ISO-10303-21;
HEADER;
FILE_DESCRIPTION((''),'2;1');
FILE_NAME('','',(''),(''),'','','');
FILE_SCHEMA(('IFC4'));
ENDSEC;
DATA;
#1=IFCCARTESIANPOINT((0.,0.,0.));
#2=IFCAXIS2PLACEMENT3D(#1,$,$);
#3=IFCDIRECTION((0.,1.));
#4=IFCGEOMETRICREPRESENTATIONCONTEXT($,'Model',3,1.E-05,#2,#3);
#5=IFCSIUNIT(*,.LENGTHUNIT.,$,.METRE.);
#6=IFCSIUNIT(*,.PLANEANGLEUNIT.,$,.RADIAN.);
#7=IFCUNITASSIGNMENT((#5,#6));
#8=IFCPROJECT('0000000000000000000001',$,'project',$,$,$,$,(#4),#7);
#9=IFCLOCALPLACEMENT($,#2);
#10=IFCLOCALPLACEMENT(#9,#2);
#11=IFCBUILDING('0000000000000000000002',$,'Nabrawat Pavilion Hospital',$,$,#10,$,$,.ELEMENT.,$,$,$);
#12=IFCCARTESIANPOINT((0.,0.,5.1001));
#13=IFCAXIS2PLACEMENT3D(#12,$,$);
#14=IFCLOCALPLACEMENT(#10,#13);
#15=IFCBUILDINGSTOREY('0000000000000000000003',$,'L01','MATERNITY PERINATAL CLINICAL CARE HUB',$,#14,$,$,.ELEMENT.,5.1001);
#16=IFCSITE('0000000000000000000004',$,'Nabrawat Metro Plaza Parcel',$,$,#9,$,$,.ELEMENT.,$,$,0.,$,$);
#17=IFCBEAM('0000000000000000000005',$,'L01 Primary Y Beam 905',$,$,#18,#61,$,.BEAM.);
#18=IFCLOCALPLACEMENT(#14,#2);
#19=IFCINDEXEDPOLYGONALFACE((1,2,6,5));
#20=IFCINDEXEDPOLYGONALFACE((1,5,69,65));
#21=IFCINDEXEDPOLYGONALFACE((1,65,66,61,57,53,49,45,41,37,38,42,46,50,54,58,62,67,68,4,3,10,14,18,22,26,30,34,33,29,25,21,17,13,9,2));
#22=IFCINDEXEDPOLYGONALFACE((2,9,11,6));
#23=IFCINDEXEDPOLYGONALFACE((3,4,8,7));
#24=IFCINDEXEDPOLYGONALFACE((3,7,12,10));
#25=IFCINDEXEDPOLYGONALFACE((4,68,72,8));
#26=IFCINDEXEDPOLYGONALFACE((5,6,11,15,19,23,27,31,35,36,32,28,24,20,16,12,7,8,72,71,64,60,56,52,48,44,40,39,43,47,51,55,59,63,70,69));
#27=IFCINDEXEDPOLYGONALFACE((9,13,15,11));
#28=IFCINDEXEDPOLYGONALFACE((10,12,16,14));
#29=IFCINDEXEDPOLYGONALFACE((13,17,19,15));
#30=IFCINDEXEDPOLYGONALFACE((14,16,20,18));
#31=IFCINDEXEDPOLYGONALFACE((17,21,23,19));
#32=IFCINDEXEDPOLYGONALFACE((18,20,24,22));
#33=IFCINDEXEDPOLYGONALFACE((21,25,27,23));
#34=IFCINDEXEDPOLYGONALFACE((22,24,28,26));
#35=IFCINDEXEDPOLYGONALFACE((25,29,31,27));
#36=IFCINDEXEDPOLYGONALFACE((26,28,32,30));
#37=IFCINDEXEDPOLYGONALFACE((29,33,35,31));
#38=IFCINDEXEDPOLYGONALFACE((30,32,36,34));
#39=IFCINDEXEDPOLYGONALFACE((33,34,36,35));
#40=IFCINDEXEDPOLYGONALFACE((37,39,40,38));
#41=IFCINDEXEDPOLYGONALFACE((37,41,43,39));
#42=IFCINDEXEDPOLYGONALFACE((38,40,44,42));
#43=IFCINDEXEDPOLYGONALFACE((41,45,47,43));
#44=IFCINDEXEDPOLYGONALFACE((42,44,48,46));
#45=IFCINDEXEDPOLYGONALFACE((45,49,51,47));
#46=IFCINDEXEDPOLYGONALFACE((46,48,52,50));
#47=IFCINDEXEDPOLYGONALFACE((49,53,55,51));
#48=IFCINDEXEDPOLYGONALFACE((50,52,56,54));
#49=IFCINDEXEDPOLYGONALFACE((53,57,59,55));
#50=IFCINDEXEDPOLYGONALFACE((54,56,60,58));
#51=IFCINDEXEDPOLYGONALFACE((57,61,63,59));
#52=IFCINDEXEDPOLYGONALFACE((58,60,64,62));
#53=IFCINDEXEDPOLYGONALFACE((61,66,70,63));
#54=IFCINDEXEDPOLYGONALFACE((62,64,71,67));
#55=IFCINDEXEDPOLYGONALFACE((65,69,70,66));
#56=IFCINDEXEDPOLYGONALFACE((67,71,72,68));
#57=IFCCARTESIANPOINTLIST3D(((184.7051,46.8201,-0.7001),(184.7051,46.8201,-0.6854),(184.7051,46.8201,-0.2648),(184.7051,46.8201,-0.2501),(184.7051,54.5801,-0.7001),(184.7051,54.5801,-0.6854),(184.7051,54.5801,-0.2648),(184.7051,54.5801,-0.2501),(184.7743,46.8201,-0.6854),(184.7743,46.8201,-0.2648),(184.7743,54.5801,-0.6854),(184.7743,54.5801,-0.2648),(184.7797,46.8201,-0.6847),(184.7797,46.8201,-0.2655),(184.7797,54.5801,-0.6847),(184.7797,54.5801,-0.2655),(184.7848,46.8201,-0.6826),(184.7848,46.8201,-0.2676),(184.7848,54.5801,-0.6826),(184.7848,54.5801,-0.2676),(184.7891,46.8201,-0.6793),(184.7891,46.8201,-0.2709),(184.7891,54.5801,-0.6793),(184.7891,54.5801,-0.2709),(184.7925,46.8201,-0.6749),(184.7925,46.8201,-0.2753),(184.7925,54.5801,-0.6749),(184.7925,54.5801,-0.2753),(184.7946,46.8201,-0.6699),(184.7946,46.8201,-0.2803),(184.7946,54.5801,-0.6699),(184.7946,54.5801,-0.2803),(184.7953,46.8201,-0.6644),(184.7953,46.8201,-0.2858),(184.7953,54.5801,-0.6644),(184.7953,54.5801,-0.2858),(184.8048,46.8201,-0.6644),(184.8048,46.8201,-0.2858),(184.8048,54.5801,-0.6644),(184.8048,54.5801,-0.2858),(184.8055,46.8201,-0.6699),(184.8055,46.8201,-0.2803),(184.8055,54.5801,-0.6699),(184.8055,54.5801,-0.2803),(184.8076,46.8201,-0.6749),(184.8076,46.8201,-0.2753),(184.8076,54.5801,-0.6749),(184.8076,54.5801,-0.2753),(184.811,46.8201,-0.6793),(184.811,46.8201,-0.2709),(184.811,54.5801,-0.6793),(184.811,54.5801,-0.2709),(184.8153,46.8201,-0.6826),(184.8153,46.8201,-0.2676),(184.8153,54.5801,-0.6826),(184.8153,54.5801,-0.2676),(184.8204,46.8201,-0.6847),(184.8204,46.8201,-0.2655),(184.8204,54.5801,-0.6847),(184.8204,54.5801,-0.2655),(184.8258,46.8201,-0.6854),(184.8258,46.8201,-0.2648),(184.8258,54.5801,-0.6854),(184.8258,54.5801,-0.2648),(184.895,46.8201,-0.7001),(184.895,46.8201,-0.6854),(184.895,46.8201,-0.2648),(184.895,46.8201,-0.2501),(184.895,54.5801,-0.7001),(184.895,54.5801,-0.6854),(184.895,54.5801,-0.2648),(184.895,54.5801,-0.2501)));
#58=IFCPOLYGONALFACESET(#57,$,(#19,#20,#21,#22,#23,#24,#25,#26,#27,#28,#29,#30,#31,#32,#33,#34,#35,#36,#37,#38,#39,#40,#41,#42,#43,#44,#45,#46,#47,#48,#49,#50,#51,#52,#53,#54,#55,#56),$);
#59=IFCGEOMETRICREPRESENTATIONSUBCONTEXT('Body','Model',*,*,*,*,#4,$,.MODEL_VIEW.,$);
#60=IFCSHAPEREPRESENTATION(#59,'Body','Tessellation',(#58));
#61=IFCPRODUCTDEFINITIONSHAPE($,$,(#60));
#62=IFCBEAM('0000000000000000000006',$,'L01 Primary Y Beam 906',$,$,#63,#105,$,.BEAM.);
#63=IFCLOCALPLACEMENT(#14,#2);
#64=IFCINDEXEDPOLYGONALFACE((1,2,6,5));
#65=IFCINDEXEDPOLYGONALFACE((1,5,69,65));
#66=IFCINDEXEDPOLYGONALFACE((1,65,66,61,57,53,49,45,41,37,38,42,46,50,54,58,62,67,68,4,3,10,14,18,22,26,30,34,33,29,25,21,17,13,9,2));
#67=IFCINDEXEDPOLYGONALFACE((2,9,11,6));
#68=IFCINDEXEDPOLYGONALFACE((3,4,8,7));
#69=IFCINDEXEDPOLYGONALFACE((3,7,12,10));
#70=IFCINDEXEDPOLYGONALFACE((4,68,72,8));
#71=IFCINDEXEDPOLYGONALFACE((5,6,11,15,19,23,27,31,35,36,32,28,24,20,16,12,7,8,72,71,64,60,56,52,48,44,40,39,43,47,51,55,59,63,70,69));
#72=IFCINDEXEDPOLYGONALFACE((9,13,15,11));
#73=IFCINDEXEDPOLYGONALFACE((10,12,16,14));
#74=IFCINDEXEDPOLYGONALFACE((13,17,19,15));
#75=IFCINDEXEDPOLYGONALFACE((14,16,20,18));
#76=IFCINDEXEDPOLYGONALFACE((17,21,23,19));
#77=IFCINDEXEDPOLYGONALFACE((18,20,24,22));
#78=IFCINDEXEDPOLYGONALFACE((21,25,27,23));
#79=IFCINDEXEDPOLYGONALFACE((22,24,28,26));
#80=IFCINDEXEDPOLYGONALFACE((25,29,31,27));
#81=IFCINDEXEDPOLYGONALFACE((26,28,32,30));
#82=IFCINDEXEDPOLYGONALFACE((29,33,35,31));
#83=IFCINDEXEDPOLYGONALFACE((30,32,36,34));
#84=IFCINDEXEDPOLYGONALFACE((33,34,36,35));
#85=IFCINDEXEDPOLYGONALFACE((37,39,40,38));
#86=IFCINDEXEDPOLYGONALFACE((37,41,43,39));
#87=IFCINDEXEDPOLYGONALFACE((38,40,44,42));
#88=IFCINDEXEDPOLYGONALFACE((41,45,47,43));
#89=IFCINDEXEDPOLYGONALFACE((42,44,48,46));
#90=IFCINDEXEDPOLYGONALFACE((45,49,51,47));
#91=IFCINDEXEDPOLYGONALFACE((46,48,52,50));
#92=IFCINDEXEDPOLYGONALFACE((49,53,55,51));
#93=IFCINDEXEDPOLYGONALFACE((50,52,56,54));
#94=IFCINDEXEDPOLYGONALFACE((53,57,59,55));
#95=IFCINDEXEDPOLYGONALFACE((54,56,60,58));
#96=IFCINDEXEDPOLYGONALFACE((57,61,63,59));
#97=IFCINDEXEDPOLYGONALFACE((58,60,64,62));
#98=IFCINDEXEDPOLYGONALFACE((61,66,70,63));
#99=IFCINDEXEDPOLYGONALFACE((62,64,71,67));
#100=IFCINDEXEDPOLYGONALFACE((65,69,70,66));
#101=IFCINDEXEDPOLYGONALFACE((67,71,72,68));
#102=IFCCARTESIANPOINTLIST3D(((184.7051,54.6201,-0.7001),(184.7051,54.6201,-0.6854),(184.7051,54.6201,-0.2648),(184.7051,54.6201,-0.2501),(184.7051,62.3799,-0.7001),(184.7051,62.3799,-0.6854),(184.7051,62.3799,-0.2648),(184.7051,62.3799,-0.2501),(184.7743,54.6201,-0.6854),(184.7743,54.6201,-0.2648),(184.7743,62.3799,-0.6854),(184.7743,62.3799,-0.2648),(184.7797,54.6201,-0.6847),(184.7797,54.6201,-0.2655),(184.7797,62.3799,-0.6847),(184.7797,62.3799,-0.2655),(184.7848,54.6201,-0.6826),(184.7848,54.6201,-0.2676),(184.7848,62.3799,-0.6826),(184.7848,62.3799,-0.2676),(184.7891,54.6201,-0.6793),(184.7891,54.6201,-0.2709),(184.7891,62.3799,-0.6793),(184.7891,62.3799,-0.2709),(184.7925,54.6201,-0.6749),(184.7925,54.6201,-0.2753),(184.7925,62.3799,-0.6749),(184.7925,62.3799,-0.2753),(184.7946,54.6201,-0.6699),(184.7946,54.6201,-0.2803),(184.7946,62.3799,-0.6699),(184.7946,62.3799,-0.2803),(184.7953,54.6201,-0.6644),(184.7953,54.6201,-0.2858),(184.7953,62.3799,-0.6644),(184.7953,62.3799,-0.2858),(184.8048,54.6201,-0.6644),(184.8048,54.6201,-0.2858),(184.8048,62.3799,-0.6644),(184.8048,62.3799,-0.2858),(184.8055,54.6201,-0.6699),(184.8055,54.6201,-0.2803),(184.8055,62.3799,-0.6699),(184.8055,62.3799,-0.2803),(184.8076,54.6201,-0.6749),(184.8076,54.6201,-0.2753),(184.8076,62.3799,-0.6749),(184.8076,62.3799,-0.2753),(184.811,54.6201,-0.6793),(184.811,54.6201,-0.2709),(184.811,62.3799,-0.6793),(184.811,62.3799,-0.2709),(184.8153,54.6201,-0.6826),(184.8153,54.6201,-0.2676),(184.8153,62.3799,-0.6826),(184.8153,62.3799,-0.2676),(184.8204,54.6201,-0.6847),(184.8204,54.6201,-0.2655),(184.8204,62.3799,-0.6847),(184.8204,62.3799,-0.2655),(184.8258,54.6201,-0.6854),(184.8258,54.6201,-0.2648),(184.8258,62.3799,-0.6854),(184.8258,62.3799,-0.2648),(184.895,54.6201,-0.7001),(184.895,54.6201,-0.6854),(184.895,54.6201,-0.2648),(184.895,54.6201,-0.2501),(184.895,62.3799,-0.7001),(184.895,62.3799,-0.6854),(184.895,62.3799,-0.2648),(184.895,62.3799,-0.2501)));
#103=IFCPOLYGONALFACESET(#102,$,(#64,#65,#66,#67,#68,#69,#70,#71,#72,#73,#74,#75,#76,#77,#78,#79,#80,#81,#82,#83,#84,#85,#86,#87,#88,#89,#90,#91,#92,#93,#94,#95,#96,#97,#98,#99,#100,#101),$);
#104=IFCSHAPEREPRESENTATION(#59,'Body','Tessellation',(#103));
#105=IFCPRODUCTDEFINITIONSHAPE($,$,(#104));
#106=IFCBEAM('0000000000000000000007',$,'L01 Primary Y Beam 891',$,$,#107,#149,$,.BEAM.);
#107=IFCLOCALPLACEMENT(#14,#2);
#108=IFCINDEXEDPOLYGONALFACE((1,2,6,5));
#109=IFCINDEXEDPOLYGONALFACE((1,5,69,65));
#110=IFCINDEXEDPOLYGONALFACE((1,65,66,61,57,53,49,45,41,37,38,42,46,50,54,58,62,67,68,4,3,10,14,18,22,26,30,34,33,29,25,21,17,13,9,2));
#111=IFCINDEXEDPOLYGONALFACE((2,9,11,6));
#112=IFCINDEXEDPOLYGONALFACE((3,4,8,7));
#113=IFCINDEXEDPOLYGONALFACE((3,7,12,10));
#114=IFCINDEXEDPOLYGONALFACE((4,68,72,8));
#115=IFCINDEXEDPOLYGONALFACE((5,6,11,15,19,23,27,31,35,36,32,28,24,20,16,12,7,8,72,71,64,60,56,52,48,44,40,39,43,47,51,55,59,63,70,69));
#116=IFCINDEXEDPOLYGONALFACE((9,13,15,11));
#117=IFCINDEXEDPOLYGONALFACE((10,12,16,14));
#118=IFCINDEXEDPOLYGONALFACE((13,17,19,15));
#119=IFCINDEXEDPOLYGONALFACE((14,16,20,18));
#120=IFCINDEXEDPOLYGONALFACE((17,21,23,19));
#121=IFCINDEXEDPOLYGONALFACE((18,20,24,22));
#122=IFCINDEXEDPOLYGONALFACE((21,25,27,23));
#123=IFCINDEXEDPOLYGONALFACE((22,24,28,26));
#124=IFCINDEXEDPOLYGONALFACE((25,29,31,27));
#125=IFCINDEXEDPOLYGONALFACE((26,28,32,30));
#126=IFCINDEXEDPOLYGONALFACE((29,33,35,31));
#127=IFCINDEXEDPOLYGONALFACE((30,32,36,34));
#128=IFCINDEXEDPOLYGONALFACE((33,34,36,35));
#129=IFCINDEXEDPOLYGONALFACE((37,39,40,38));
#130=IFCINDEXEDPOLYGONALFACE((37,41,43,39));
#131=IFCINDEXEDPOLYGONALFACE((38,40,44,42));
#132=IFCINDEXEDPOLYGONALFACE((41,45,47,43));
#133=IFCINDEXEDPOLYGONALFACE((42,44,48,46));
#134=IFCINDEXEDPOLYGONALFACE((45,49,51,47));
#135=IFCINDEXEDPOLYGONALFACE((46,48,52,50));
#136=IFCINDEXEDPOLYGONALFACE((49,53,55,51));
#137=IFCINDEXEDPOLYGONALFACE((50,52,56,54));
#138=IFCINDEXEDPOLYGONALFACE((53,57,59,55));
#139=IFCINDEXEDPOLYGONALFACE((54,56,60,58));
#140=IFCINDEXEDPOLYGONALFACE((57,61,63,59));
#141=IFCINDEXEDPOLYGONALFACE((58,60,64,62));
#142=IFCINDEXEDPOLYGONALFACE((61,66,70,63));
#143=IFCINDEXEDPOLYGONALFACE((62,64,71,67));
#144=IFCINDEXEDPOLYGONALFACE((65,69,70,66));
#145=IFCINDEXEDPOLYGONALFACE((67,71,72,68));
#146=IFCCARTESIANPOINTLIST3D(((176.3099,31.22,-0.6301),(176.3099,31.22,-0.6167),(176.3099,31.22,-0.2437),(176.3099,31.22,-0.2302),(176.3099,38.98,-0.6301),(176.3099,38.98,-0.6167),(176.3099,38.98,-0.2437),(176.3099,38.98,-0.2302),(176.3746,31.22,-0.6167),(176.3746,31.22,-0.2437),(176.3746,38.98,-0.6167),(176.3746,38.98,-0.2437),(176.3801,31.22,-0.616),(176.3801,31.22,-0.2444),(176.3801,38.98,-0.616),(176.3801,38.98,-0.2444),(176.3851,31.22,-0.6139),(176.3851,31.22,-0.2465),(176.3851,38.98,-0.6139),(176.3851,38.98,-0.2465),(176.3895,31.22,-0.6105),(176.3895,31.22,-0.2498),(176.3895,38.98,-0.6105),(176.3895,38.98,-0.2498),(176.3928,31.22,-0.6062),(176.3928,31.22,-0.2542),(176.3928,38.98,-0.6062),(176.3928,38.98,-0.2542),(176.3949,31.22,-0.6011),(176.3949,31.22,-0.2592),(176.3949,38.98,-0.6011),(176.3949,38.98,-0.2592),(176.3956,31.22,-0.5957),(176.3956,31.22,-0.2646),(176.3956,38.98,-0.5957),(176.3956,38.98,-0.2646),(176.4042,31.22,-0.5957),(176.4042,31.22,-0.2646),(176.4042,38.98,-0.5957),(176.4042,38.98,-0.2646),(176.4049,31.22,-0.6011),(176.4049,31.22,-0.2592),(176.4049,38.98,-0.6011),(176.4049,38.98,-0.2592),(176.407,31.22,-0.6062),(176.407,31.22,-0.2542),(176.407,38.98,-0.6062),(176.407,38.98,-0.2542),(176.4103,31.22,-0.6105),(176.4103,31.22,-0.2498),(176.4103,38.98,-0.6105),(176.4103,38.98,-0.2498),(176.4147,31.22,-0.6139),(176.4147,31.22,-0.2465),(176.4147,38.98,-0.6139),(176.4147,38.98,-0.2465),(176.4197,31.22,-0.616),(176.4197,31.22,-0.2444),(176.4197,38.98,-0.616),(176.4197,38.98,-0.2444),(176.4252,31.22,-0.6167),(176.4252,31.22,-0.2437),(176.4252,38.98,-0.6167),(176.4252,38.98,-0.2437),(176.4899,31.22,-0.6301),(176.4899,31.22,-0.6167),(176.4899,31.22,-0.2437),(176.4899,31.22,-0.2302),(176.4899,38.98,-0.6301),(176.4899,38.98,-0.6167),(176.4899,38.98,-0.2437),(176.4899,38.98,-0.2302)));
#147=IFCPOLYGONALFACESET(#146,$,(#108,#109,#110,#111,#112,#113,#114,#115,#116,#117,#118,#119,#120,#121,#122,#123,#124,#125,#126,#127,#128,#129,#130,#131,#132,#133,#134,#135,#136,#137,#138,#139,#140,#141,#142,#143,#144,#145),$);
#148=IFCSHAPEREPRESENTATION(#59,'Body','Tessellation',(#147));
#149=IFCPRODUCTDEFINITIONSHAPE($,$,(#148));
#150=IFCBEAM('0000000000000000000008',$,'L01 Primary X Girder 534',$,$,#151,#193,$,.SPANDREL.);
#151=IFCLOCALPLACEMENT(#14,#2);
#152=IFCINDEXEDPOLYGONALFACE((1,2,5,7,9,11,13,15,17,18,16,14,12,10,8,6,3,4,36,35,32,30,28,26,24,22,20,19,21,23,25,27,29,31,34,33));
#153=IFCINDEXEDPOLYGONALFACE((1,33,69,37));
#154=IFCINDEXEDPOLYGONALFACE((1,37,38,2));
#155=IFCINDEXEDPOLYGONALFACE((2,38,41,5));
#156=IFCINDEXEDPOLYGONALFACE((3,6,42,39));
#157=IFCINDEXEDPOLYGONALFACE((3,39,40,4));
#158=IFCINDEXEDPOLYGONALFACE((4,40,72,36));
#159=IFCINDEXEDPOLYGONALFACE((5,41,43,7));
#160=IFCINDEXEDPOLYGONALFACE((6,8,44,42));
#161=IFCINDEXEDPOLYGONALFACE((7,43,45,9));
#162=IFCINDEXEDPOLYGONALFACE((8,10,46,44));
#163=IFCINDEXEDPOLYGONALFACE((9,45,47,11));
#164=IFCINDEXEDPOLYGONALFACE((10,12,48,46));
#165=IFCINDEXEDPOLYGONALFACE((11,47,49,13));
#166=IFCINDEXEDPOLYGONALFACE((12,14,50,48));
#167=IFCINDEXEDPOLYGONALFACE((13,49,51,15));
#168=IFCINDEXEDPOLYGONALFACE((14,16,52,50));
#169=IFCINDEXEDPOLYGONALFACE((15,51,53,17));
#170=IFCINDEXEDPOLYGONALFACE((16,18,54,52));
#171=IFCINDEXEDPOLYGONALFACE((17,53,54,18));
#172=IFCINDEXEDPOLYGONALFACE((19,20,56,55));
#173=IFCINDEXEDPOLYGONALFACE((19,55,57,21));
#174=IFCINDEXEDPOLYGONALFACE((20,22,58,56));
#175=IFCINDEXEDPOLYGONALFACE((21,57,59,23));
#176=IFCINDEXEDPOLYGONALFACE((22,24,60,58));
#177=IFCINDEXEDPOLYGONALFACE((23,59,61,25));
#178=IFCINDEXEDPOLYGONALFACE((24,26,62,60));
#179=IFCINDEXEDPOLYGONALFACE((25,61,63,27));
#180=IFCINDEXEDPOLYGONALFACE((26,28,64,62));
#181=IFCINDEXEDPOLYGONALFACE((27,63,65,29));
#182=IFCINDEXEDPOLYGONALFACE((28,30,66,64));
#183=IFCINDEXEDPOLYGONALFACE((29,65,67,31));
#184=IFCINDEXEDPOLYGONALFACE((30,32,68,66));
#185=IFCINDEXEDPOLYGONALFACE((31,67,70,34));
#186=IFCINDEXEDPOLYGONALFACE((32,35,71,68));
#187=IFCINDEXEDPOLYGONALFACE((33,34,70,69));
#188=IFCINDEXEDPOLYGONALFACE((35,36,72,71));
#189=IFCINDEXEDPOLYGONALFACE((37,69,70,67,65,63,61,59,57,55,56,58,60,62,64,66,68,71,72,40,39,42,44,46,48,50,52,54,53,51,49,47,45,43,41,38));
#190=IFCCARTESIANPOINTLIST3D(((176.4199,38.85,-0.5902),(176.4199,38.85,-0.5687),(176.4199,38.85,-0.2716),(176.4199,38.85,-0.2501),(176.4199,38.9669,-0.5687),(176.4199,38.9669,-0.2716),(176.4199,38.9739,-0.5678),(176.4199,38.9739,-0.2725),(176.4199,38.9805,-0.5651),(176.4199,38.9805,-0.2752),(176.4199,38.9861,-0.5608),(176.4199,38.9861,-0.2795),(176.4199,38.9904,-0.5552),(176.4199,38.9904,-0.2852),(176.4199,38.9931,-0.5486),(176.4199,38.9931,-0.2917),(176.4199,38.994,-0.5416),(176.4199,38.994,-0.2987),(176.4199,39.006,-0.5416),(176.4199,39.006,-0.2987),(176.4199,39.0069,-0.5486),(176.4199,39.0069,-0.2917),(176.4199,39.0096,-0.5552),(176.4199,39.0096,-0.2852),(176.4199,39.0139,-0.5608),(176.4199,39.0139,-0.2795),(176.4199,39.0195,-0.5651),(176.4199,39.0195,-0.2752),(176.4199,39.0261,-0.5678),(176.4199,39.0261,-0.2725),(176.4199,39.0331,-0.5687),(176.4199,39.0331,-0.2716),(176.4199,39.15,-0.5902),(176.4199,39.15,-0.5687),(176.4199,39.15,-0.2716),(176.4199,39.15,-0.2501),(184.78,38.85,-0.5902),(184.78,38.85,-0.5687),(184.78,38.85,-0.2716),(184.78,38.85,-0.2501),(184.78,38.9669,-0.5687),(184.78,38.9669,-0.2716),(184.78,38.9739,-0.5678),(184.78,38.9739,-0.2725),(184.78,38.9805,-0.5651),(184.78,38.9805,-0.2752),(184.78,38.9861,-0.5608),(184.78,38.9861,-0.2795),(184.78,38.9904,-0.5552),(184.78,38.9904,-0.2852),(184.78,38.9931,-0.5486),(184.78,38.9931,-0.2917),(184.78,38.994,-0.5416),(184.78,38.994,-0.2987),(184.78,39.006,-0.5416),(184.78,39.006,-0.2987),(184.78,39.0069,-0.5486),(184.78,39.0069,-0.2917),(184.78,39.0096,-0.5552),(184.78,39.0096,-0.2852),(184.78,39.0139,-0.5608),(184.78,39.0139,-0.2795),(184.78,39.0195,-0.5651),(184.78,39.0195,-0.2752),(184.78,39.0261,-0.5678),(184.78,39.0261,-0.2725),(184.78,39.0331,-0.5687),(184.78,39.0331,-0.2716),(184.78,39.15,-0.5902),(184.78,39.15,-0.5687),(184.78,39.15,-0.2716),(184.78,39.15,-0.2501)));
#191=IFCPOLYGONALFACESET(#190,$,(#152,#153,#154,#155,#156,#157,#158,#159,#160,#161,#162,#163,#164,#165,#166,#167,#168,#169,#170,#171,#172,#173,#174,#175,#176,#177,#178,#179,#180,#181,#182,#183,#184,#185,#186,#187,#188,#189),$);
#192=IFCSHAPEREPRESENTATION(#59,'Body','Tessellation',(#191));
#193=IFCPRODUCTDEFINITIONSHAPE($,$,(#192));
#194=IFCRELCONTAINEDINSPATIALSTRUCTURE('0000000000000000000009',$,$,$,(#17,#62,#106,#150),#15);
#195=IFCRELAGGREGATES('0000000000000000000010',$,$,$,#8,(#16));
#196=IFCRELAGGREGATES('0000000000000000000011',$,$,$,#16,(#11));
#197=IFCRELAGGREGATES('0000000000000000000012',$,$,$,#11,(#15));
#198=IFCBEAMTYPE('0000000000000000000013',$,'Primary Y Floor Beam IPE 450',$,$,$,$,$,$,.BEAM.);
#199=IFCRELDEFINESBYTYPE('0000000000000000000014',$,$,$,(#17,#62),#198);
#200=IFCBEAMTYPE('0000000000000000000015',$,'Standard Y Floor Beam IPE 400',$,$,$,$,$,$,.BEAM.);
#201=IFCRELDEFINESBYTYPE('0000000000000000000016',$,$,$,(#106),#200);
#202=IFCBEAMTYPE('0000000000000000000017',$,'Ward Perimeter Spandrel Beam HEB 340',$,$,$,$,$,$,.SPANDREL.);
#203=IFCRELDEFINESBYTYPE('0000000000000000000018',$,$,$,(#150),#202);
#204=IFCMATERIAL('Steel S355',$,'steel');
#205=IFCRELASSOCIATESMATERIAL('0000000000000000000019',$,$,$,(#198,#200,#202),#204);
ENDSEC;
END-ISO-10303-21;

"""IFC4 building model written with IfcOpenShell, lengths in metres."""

from ifc_helpers import new_model, si_unit, direction, frame, origin, origin_2d, place, context, subcontext, project, spatial, i_section, extrude, material, material_profile, profile_set, type_object, element, save


model = new_model("IFC4")

# Units and contexts
model_context = context("Model", 3, precision=1e-05, world=origin(), true_north=direction((0.0, 1.0)))
body_context = subcontext(model_context, "Body", "Model", "MODEL_VIEW")
ifc_project = project(units=[si_unit("LENGTHUNIT", "METRE"), si_unit("PLANEANGLEUNIT", "RADIAN")], contexts=[model_context])

# Site, building, storey
site_placement = place(None, origin())
site = spatial("IfcSite", under=ifc_project, at=site_placement, Name="Nabrawat Metro Plaza Parcel", CompositionType="ELEMENT", RefElevation=0.0)
building_placement = place(site_placement, origin())
building = spatial("IfcBuilding", under=site, at=building_placement, Name="Nabrawat Pavilion Hospital", CompositionType="ELEMENT")
storey_placement = place(building_placement, frame((0.0, 0.0, 5.1001)))
storey = spatial("IfcBuildingStorey", under=building, at=storey_placement, Name="L01", Description="MATERNITY PERINATAL CLINICAL CARE HUB", CompositionType="ELEMENT", Elevation=5.1001)

# Shared definitions
ifc_material_1 = material(Name="Steel S355", Category="steel")

# Beams
ifc_material_profile_1 = material_profile(ifc_material_1, i_section(OverallWidth=0.1899, OverallDepth=0.45, WebThickness=0.0095, FlangeThickness=0.0146, FilletRadius=0.021, at=origin_2d()), Name="IPE 450")
ifc_profile_set_1 = profile_set([ifc_material_profile_1], Name="Steel S355")
beam_type_1 = type_object("IfcBeamType", Name="Primary Y Floor Beam IPE 450", PredefinedType="BEAM", material=ifc_profile_set_1)
for number, where, z_axis, x_axis, name in (
    (1, (184.8, 46.8201, -0.4751), (0.0, 1.0, 0.0), (-1.0, 0.0, 0.0), "L01 Primary Y Beam 905"),
):
    element("IfcBeam", number, at=place(storey_placement, frame(where, z_axis=z_axis, x_axis=x_axis)), inside=storey, type_object=beam_type_1, Name=name, PredefinedType="BEAM", context=body_context, shape_type="SweptSolid", body=[
        extrude(i_section(OverallWidth=0.1899, OverallDepth=0.45, WebThickness=0.0095, FlangeThickness=0.0146, FilletRadius=0.021, at=origin_2d()), origin(), (0.0, 0.0, 1.0), 7.76),
    ])
beam_1_placement = place(storey_placement, frame((184.8, 54.6201, -0.4751), z_axis=(0.0, 1.0, 0.0), x_axis=(-1.0, 0.0, 0.0)))
element("IfcBeam", 2, at=beam_1_placement, inside=storey, type_object=beam_type_1, Name="L01 Primary Y Beam 906", PredefinedType="BEAM", context=body_context, shape_type="SweptSolid", body=[
    extrude(i_section(OverallWidth=0.1899, OverallDepth=0.45, WebThickness=0.0095, FlangeThickness=0.0146, FilletRadius=0.021, at=origin_2d()), origin(), (0.0, 0.0, 1.0), 7.7598),
])
ifc_material_profile_2 = material_profile(ifc_material_1, i_section(OverallWidth=0.1799, OverallDepth=0.3999, WebThickness=0.0085, FlangeThickness=0.0134, FilletRadius=0.021, at=origin_2d()), Name="IPE 400")
ifc_profile_set_2 = profile_set([ifc_material_profile_2], Name="Steel S355")
beam_type_2 = type_object("IfcBeamType", Name="Standard Y Floor Beam IPE 400", PredefinedType="BEAM", material=ifc_profile_set_2)
beam_2_placement = place(storey_placement, frame((176.3999, 31.22, -0.4302), z_axis=(0.0, 1.0, 0.0), x_axis=(-1.0, 0.0, 0.0)))
element("IfcBeam", 3, at=beam_2_placement, inside=storey, type_object=beam_type_2, Name="L01 Primary Y Beam 891", PredefinedType="BEAM", context=body_context, shape_type="SweptSolid", body=[
    extrude(i_section(OverallWidth=0.1799, OverallDepth=0.3999, WebThickness=0.0085, FlangeThickness=0.0134, FilletRadius=0.021, at=origin_2d()), origin(), (0.0, 0.0, 1.0), 7.76),
])
ifc_material_profile_3 = material_profile(ifc_material_1, i_section(OverallWidth=0.3, OverallDepth=0.3401, WebThickness=0.012, FlangeThickness=0.0215, FilletRadius=0.0271, at=origin_2d()), Name="HEB 340")
ifc_profile_set_3 = profile_set([ifc_material_profile_3], Name="Steel S355")
beam_type_3 = type_object("IfcBeamType", Name="Ward Perimeter Spandrel Beam HEB 340", PredefinedType="SPANDREL", material=ifc_profile_set_3)
beam_3_placement = place(storey_placement, frame((176.4199, 39.0, -0.4202), z_axis=(1.0, 0.0, 0.0), x_axis=(0.0, 1.0, 0.0)))
element("IfcBeam", 4, at=beam_3_placement, inside=storey, type_object=beam_type_3, Name="L01 Primary X Girder 534", PredefinedType="SPANDREL", context=body_context, shape_type="SweptSolid", body=[
    extrude(i_section(OverallWidth=0.3, OverallDepth=0.3401, WebThickness=0.012, FlangeThickness=0.0215, FilletRadius=0.0271, at=origin_2d()), origin(), (0.0, 0.0, 1.0), 8.3601),
])

save(model, "model.ifc")
